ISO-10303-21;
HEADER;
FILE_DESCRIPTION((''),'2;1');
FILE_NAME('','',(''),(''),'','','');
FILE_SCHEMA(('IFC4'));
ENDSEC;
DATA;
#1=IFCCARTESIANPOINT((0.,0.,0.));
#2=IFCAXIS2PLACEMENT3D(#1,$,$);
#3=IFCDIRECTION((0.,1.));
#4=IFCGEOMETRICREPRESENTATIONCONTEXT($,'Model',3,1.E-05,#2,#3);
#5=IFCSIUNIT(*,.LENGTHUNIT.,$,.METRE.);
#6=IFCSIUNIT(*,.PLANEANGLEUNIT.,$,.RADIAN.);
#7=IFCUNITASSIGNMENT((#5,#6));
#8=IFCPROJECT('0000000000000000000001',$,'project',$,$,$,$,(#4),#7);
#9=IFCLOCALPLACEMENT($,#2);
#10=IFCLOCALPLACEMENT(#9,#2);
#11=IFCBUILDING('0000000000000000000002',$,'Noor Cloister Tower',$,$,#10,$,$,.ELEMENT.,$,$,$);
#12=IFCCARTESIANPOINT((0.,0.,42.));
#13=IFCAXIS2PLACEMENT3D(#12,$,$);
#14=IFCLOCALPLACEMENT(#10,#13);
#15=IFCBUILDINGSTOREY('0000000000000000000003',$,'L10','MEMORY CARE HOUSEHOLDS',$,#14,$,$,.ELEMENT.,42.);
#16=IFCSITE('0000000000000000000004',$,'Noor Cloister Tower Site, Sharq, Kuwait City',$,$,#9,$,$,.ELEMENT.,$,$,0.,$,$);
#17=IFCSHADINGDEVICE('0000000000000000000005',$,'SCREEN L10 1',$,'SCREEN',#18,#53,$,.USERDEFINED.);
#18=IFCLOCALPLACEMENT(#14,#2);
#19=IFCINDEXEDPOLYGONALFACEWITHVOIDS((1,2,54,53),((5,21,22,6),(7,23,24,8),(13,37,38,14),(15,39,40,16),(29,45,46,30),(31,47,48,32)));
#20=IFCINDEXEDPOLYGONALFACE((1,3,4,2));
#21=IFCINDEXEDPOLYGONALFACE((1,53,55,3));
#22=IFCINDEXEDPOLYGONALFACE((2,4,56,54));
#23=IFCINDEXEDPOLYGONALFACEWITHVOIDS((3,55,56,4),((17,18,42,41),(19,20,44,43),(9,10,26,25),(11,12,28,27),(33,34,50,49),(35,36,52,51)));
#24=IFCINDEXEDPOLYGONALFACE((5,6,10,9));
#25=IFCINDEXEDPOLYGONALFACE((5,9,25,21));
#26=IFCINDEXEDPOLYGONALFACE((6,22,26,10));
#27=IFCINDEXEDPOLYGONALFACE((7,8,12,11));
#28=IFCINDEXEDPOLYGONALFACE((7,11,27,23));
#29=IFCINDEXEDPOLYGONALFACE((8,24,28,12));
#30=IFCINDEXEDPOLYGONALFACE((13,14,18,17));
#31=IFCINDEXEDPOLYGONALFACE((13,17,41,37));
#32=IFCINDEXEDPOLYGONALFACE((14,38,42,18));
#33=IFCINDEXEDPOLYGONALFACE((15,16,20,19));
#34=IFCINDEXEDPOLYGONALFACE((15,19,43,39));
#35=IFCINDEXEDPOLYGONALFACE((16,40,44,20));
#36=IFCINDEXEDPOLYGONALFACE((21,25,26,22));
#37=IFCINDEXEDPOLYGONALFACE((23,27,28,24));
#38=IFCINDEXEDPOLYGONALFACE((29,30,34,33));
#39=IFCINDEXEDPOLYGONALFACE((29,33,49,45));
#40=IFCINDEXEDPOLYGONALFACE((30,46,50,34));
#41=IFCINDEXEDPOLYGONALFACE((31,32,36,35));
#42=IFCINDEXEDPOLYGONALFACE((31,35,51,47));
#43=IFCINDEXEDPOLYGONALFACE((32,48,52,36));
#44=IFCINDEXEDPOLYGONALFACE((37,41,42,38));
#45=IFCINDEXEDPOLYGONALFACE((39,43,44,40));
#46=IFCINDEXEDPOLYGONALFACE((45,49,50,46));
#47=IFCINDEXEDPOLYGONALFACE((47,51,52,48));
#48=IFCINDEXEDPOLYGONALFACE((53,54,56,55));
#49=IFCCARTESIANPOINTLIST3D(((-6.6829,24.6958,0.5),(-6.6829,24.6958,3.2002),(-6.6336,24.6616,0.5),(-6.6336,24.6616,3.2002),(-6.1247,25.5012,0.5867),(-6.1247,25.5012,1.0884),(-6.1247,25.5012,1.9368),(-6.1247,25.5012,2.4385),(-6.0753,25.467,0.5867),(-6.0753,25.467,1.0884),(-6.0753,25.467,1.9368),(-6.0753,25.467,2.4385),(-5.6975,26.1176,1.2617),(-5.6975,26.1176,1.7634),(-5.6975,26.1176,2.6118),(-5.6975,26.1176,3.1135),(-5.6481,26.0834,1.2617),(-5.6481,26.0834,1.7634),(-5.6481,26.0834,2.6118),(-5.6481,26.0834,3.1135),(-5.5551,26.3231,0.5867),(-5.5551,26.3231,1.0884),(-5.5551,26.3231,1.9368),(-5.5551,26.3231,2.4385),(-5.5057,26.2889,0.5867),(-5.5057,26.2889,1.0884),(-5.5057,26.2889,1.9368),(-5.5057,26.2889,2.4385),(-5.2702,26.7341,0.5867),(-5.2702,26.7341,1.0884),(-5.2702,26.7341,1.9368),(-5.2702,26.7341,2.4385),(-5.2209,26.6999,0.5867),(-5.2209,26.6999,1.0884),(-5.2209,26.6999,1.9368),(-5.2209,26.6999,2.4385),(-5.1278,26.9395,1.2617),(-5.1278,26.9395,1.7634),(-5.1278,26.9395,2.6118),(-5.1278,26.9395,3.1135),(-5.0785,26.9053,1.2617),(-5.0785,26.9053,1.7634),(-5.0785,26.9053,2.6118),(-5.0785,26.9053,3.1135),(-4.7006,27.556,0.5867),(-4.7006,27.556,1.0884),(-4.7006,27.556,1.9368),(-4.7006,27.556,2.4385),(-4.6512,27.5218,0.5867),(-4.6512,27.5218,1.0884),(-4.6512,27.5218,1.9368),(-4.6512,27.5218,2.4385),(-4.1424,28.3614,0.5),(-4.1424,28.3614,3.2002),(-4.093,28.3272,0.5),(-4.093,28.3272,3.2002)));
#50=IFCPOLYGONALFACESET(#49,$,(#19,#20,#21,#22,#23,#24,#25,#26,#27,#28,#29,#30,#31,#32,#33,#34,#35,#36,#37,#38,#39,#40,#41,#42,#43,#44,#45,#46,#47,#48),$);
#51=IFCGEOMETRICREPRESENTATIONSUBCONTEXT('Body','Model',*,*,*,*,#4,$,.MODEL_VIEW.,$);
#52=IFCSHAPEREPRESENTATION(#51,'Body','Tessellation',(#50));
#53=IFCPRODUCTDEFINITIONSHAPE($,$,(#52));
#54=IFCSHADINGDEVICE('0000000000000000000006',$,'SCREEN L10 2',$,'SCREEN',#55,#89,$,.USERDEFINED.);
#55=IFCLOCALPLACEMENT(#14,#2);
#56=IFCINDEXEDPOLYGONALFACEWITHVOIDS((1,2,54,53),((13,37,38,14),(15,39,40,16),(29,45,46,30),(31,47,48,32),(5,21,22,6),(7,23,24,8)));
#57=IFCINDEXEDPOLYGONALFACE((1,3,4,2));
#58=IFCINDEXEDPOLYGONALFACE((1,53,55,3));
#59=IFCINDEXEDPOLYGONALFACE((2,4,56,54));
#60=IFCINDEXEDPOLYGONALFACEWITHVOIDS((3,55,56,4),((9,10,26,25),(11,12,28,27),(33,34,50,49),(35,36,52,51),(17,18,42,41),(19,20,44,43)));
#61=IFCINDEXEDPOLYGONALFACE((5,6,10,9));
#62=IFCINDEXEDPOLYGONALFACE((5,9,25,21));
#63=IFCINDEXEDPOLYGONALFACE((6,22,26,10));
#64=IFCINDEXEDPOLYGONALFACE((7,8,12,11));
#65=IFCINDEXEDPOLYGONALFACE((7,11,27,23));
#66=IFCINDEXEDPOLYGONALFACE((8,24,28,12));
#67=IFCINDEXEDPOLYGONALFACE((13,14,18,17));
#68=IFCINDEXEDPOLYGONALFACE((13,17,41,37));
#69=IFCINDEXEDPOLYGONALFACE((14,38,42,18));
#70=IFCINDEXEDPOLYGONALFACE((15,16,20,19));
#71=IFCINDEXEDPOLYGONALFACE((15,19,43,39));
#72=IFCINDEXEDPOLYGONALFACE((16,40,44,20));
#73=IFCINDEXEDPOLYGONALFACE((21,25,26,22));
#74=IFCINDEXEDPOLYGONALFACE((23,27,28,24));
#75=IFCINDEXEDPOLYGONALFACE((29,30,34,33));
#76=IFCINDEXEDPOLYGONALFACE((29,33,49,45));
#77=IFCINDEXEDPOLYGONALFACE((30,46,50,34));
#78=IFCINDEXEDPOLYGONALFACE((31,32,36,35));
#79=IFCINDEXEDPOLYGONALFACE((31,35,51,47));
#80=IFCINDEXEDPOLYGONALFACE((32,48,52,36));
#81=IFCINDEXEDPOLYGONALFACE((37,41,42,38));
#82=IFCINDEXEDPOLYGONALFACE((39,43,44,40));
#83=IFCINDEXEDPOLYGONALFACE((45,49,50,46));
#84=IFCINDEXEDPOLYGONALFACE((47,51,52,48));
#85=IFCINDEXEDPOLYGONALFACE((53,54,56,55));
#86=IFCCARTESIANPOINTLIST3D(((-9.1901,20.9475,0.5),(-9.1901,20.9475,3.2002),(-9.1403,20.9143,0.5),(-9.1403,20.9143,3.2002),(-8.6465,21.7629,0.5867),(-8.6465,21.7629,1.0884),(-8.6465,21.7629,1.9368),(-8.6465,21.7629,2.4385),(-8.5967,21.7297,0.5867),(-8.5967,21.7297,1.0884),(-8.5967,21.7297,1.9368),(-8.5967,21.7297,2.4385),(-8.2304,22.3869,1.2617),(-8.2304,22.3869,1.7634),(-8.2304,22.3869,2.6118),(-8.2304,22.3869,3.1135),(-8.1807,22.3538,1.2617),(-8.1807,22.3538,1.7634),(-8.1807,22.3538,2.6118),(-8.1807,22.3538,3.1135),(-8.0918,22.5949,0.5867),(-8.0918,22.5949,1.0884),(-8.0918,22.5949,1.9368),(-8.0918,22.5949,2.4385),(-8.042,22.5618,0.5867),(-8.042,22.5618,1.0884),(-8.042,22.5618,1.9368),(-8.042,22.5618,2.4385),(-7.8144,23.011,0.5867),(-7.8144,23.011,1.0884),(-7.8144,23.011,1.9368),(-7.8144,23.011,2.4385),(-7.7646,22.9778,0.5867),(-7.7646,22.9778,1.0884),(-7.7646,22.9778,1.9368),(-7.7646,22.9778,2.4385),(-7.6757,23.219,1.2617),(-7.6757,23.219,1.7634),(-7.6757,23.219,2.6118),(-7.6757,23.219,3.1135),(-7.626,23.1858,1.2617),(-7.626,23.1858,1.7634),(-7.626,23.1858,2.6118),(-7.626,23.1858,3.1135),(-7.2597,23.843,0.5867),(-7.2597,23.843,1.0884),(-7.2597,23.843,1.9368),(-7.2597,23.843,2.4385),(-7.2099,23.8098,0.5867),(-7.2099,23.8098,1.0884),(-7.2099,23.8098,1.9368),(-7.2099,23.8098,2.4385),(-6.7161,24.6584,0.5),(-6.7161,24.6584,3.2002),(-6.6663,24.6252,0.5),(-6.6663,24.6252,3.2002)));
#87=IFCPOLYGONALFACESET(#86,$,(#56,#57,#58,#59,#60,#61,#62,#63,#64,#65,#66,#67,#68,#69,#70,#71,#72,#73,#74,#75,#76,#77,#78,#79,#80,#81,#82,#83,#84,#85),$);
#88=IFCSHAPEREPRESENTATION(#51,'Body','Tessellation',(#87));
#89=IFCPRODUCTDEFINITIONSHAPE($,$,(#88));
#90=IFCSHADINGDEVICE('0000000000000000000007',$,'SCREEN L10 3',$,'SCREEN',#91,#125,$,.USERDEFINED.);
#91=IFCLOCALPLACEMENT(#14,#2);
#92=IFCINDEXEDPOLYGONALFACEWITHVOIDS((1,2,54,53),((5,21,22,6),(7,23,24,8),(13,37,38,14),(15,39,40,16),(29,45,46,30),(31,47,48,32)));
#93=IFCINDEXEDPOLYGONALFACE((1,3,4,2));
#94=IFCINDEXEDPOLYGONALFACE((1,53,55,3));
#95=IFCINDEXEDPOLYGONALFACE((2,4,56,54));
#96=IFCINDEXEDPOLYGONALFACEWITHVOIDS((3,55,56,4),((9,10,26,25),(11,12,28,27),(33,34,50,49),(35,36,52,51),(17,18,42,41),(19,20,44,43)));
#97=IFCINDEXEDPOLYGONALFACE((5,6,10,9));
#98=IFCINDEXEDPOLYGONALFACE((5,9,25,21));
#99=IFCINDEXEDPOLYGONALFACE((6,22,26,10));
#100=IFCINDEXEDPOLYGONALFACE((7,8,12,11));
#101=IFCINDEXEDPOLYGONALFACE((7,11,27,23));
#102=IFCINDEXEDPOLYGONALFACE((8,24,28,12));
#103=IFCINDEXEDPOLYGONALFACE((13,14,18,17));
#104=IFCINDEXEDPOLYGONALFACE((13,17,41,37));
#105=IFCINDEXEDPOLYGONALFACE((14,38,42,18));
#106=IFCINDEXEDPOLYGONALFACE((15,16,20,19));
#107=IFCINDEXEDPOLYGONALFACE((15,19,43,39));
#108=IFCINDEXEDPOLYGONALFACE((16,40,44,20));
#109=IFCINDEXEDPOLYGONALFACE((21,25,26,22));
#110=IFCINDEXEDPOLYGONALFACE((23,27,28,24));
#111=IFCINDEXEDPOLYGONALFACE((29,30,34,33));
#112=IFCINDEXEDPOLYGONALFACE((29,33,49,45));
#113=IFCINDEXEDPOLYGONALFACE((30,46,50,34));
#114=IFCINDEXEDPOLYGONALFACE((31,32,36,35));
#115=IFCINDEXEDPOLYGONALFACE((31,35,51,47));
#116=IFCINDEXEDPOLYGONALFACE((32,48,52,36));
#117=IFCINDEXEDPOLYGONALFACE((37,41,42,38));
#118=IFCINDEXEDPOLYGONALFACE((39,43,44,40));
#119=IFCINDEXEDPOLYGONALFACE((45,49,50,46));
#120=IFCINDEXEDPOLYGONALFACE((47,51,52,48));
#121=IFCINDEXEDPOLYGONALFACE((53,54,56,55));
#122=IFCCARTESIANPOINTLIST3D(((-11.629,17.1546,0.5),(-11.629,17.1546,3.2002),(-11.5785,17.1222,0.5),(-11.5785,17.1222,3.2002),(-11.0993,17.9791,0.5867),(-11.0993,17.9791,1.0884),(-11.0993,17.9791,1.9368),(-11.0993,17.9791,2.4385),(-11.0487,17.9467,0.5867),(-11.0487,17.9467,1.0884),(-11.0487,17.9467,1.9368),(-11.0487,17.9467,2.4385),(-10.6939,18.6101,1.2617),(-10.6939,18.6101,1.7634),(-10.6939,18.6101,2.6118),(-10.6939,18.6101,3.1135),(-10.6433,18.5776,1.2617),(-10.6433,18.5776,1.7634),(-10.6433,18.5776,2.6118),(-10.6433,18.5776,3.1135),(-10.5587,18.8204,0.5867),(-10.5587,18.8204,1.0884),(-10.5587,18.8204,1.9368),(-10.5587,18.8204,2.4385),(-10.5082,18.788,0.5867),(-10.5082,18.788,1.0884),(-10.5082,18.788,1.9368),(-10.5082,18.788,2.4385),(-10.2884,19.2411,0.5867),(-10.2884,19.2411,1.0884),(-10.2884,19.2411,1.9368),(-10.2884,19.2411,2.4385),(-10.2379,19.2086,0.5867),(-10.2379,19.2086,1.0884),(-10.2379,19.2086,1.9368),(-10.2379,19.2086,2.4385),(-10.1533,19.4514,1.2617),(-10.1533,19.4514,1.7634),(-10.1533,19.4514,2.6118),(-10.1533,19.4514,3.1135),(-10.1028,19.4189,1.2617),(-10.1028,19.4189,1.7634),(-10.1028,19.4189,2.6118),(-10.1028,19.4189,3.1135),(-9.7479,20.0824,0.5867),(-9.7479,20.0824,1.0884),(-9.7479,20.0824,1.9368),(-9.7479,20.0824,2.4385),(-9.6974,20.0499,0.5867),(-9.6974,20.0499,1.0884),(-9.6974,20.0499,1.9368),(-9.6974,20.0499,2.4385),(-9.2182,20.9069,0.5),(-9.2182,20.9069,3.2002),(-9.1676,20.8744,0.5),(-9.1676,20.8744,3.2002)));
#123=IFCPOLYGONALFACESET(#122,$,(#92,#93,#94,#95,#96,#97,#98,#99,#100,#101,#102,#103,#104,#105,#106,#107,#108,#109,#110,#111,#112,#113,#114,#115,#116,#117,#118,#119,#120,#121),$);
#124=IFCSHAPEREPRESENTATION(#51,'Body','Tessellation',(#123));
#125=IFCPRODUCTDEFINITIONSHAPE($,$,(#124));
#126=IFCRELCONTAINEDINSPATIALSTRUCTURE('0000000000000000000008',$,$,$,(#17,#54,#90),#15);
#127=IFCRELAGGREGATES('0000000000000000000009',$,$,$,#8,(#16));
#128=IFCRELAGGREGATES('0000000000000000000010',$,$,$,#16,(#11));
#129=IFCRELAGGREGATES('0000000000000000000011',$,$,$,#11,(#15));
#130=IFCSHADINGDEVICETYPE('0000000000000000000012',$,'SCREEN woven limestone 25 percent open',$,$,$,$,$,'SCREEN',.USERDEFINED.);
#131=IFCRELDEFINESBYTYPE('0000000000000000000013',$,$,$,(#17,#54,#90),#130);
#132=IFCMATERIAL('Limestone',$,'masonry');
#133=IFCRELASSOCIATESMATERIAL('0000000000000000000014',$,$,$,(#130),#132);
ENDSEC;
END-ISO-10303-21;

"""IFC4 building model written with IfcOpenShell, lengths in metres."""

from ifc_helpers import new_model, si_unit, direction, frame, origin, place, context, subcontext, project, spatial, polyline, outline, extrude, material, material_profile, profile_set, type_object, element, save


model = new_model("IFC4")

# Units and contexts
model_context = context("Model", 3, precision=1e-05, world=origin(), true_north=direction((0.0, 1.0)))
body_context = subcontext(model_context, "Body", "Model", "MODEL_VIEW")
ifc_project = project(units=[si_unit("LENGTHUNIT", "METRE"), si_unit("PLANEANGLEUNIT", "RADIAN")], contexts=[model_context])

# Site, building, storey
site_placement = place(None, origin())
site = spatial("IfcSite", under=ifc_project, at=site_placement, Name="Noor Cloister Tower Site, Sharq, Kuwait City", CompositionType="ELEMENT", RefElevation=0.0)
building_placement = place(site_placement, origin())
building = spatial("IfcBuilding", under=site, at=building_placement, Name="Noor Cloister Tower", CompositionType="ELEMENT")
storey_placement = place(building_placement, frame((0.0, 0.0, 42.0)))
storey = spatial("IfcBuildingStorey", under=building, at=storey_placement, Name="L10", Description="MEMORY CARE HOUSEHOLDS", CompositionType="ELEMENT", Elevation=42.0)

# Shading devices
ifc_material_1 = material(Name="Limestone", Category="masonry")
ifc_material_profile_1 = material_profile(ifc_material_1, outline(polyline([(-2.23, -1.3501), (2.23, -1.3501), (2.23, 1.3501), (-2.23, 1.3501), (-2.23, -1.3501)]), holes=[polyline([(-1.25, -1.2634), (-0.25, -1.2634), (-0.25, -0.7617), (-1.25, -0.7617), (-1.25, -1.2634)]), polyline([(0.25, -1.2634), (1.25, -1.2634), (1.25, -0.7617), (0.25, -0.7617), (0.25, -1.2634)]), polyline([(-0.5, -0.5884), (0.5, -0.5884), (0.5, -0.0867), (-0.5, -0.0867), (-0.5, -0.5884)]), polyline([(-1.25, 0.0867), (-0.25, 0.0867), (-0.25, 0.5884), (-1.25, 0.5884), (-1.25, 0.0867)]), polyline([(0.25, 0.0867), (1.25, 0.0867), (1.25, 0.5884), (0.25, 0.5884), (0.25, 0.0867)]), polyline([(-0.5, 0.7617), (0.5, 0.7617), (0.5, 1.2634), (-0.5, 1.2634), (-0.5, 0.7617)])]), Name="Woven screen 25 percent open")
ifc_profile_set_1 = profile_set([ifc_material_profile_1], Name="Limestone")
shading_device_type = type_object("IfcShadingDeviceType", Name="SCREEN woven limestone 25 percent open", ElementType="SCREEN", PredefinedType="USERDEFINED", material=ifc_profile_set_1)
shading_device_1_placement = place(storey_placement, frame((-5.3633, 26.4944, 1.8501), z_axis=(-0.821899, 0.569633, 0.0), x_axis=(-0.569633, -0.821899, 0.0)))
element("IfcShadingDevice", 1, at=shading_device_1_placement, inside=storey, type_object=shading_device_type, Name="SCREEN L10 1", ObjectType="SCREEN", PredefinedType="USERDEFINED", context=body_context, shape_type="SweptSolid", body=[
    extrude(outline(polyline([(-2.23, -1.3501), (2.23, -1.3501), (2.23, 1.3501), (-2.23, 1.3501), (-2.23, -1.3501)]), holes=[polyline([(-1.25, -1.2634), (-0.25, -1.2634), (-0.25, -0.7617), (-1.25, -0.7617), (-1.25, -1.2634)]), polyline([(0.25, -1.2634), (1.25, -1.2634), (1.25, -0.7617), (0.25, -0.7617), (0.25, -1.2634)]), polyline([(-0.5, -0.5884), (0.5, -0.5884), (0.5, -0.0867), (-0.5, -0.0867), (-0.5, -0.5884)]), polyline([(-1.25, 0.0867), (-0.25, 0.0867), (-0.25, 0.5884), (-1.25, 0.5884), (-1.25, 0.0867)]), polyline([(0.25, 0.0867), (1.25, 0.0867), (1.25, 0.5884), (0.25, 0.5884), (0.25, 0.0867)]), polyline([(-0.5, 0.7617), (0.5, 0.7617), (0.5, 1.2634), (-0.5, 1.2634), (-0.5, 0.7617)])]), origin(), (0.0, 0.0, 1.0), 0.0601),
])
shading_device_2_placement = place(storey_placement, frame((-7.9033, 22.7698, 1.8501), z_axis=(-0.83205, 0.5547, 0.0), x_axis=(-0.5547, -0.83205, 0.0)))
element("IfcShadingDevice", 2, at=shading_device_2_placement, inside=storey, type_object=shading_device_type, Name="SCREEN L10 2", ObjectType="SCREEN", PredefinedType="USERDEFINED", context=body_context, shape_type="SweptSolid", body=[
    extrude(outline(polyline([(-2.23, -1.3501), (2.23, -1.3501), (2.23, 1.3501), (-2.23, 1.3501), (-2.23, -1.3501)]), holes=[polyline([(-1.25, -1.2634), (-0.25, -1.2634), (-0.25, -0.7617), (-1.25, -0.7617), (-1.25, -1.2634)]), polyline([(0.25, -1.2634), (1.25, -1.2634), (1.25, -0.7617), (0.25, -0.7617), (0.25, -1.2634)]), polyline([(-0.5, -0.5884), (0.5, -0.5884), (0.5, -0.0867), (-0.5, -0.0867), (-0.5, -0.5884)]), polyline([(-1.25, 0.0867), (-0.25, 0.0867), (-0.25, 0.5884), (-1.25, 0.5884), (-1.25, 0.0867)]), polyline([(0.25, 0.0867), (1.25, 0.0867), (1.25, 0.5884), (0.25, 0.5884), (0.25, 0.0867)]), polyline([(-0.5, 0.7617), (0.5, 0.7617), (0.5, 1.2634), (-0.5, 1.2634), (-0.5, 0.7617)])]), origin(), (0.0, 0.0, 1.0), 0.0598),
])
shading_device_3_placement = place(storey_placement, frame((-10.373, 18.9983, 1.8501), z_axis=(-0.841311, 0.540552, 0.0), x_axis=(-0.540552, -0.841311, 0.0)))
element("IfcShadingDevice", 3, at=shading_device_3_placement, inside=storey, type_object=shading_device_type, Name="SCREEN L10 3", ObjectType="SCREEN", PredefinedType="USERDEFINED", context=body_context, shape_type="SweptSolid", body=[
    extrude(outline(polyline([(-2.23, -1.3501), (2.23, -1.3501), (2.23, 1.3501), (-2.23, 1.3501), (-2.23, -1.3501)]), holes=[polyline([(-1.25, -1.2634), (-0.25, -1.2634), (-0.25, -0.7617), (-1.25, -0.7617), (-1.25, -1.2634)]), polyline([(0.25, -1.2634), (1.25, -1.2634), (1.25, -0.7617), (0.25, -0.7617), (0.25, -1.2634)]), polyline([(-0.5, -0.5884), (0.5, -0.5884), (0.5, -0.0867), (-0.5, -0.0867), (-0.5, -0.5884)]), polyline([(-1.25, 0.0867), (-0.25, 0.0867), (-0.25, 0.5884), (-1.25, 0.5884), (-1.25, 0.0867)]), polyline([(0.25, 0.0867), (1.25, 0.0867), (1.25, 0.5884), (0.25, 0.5884), (0.25, 0.0867)]), polyline([(-0.5, 0.7617), (0.5, 0.7617), (0.5, 1.2634), (-0.5, 1.2634), (-0.5, 0.7617)])]), origin(), (0.0, 0.0, 1.0), 0.0601),
])

save(model, "model.ifc")
